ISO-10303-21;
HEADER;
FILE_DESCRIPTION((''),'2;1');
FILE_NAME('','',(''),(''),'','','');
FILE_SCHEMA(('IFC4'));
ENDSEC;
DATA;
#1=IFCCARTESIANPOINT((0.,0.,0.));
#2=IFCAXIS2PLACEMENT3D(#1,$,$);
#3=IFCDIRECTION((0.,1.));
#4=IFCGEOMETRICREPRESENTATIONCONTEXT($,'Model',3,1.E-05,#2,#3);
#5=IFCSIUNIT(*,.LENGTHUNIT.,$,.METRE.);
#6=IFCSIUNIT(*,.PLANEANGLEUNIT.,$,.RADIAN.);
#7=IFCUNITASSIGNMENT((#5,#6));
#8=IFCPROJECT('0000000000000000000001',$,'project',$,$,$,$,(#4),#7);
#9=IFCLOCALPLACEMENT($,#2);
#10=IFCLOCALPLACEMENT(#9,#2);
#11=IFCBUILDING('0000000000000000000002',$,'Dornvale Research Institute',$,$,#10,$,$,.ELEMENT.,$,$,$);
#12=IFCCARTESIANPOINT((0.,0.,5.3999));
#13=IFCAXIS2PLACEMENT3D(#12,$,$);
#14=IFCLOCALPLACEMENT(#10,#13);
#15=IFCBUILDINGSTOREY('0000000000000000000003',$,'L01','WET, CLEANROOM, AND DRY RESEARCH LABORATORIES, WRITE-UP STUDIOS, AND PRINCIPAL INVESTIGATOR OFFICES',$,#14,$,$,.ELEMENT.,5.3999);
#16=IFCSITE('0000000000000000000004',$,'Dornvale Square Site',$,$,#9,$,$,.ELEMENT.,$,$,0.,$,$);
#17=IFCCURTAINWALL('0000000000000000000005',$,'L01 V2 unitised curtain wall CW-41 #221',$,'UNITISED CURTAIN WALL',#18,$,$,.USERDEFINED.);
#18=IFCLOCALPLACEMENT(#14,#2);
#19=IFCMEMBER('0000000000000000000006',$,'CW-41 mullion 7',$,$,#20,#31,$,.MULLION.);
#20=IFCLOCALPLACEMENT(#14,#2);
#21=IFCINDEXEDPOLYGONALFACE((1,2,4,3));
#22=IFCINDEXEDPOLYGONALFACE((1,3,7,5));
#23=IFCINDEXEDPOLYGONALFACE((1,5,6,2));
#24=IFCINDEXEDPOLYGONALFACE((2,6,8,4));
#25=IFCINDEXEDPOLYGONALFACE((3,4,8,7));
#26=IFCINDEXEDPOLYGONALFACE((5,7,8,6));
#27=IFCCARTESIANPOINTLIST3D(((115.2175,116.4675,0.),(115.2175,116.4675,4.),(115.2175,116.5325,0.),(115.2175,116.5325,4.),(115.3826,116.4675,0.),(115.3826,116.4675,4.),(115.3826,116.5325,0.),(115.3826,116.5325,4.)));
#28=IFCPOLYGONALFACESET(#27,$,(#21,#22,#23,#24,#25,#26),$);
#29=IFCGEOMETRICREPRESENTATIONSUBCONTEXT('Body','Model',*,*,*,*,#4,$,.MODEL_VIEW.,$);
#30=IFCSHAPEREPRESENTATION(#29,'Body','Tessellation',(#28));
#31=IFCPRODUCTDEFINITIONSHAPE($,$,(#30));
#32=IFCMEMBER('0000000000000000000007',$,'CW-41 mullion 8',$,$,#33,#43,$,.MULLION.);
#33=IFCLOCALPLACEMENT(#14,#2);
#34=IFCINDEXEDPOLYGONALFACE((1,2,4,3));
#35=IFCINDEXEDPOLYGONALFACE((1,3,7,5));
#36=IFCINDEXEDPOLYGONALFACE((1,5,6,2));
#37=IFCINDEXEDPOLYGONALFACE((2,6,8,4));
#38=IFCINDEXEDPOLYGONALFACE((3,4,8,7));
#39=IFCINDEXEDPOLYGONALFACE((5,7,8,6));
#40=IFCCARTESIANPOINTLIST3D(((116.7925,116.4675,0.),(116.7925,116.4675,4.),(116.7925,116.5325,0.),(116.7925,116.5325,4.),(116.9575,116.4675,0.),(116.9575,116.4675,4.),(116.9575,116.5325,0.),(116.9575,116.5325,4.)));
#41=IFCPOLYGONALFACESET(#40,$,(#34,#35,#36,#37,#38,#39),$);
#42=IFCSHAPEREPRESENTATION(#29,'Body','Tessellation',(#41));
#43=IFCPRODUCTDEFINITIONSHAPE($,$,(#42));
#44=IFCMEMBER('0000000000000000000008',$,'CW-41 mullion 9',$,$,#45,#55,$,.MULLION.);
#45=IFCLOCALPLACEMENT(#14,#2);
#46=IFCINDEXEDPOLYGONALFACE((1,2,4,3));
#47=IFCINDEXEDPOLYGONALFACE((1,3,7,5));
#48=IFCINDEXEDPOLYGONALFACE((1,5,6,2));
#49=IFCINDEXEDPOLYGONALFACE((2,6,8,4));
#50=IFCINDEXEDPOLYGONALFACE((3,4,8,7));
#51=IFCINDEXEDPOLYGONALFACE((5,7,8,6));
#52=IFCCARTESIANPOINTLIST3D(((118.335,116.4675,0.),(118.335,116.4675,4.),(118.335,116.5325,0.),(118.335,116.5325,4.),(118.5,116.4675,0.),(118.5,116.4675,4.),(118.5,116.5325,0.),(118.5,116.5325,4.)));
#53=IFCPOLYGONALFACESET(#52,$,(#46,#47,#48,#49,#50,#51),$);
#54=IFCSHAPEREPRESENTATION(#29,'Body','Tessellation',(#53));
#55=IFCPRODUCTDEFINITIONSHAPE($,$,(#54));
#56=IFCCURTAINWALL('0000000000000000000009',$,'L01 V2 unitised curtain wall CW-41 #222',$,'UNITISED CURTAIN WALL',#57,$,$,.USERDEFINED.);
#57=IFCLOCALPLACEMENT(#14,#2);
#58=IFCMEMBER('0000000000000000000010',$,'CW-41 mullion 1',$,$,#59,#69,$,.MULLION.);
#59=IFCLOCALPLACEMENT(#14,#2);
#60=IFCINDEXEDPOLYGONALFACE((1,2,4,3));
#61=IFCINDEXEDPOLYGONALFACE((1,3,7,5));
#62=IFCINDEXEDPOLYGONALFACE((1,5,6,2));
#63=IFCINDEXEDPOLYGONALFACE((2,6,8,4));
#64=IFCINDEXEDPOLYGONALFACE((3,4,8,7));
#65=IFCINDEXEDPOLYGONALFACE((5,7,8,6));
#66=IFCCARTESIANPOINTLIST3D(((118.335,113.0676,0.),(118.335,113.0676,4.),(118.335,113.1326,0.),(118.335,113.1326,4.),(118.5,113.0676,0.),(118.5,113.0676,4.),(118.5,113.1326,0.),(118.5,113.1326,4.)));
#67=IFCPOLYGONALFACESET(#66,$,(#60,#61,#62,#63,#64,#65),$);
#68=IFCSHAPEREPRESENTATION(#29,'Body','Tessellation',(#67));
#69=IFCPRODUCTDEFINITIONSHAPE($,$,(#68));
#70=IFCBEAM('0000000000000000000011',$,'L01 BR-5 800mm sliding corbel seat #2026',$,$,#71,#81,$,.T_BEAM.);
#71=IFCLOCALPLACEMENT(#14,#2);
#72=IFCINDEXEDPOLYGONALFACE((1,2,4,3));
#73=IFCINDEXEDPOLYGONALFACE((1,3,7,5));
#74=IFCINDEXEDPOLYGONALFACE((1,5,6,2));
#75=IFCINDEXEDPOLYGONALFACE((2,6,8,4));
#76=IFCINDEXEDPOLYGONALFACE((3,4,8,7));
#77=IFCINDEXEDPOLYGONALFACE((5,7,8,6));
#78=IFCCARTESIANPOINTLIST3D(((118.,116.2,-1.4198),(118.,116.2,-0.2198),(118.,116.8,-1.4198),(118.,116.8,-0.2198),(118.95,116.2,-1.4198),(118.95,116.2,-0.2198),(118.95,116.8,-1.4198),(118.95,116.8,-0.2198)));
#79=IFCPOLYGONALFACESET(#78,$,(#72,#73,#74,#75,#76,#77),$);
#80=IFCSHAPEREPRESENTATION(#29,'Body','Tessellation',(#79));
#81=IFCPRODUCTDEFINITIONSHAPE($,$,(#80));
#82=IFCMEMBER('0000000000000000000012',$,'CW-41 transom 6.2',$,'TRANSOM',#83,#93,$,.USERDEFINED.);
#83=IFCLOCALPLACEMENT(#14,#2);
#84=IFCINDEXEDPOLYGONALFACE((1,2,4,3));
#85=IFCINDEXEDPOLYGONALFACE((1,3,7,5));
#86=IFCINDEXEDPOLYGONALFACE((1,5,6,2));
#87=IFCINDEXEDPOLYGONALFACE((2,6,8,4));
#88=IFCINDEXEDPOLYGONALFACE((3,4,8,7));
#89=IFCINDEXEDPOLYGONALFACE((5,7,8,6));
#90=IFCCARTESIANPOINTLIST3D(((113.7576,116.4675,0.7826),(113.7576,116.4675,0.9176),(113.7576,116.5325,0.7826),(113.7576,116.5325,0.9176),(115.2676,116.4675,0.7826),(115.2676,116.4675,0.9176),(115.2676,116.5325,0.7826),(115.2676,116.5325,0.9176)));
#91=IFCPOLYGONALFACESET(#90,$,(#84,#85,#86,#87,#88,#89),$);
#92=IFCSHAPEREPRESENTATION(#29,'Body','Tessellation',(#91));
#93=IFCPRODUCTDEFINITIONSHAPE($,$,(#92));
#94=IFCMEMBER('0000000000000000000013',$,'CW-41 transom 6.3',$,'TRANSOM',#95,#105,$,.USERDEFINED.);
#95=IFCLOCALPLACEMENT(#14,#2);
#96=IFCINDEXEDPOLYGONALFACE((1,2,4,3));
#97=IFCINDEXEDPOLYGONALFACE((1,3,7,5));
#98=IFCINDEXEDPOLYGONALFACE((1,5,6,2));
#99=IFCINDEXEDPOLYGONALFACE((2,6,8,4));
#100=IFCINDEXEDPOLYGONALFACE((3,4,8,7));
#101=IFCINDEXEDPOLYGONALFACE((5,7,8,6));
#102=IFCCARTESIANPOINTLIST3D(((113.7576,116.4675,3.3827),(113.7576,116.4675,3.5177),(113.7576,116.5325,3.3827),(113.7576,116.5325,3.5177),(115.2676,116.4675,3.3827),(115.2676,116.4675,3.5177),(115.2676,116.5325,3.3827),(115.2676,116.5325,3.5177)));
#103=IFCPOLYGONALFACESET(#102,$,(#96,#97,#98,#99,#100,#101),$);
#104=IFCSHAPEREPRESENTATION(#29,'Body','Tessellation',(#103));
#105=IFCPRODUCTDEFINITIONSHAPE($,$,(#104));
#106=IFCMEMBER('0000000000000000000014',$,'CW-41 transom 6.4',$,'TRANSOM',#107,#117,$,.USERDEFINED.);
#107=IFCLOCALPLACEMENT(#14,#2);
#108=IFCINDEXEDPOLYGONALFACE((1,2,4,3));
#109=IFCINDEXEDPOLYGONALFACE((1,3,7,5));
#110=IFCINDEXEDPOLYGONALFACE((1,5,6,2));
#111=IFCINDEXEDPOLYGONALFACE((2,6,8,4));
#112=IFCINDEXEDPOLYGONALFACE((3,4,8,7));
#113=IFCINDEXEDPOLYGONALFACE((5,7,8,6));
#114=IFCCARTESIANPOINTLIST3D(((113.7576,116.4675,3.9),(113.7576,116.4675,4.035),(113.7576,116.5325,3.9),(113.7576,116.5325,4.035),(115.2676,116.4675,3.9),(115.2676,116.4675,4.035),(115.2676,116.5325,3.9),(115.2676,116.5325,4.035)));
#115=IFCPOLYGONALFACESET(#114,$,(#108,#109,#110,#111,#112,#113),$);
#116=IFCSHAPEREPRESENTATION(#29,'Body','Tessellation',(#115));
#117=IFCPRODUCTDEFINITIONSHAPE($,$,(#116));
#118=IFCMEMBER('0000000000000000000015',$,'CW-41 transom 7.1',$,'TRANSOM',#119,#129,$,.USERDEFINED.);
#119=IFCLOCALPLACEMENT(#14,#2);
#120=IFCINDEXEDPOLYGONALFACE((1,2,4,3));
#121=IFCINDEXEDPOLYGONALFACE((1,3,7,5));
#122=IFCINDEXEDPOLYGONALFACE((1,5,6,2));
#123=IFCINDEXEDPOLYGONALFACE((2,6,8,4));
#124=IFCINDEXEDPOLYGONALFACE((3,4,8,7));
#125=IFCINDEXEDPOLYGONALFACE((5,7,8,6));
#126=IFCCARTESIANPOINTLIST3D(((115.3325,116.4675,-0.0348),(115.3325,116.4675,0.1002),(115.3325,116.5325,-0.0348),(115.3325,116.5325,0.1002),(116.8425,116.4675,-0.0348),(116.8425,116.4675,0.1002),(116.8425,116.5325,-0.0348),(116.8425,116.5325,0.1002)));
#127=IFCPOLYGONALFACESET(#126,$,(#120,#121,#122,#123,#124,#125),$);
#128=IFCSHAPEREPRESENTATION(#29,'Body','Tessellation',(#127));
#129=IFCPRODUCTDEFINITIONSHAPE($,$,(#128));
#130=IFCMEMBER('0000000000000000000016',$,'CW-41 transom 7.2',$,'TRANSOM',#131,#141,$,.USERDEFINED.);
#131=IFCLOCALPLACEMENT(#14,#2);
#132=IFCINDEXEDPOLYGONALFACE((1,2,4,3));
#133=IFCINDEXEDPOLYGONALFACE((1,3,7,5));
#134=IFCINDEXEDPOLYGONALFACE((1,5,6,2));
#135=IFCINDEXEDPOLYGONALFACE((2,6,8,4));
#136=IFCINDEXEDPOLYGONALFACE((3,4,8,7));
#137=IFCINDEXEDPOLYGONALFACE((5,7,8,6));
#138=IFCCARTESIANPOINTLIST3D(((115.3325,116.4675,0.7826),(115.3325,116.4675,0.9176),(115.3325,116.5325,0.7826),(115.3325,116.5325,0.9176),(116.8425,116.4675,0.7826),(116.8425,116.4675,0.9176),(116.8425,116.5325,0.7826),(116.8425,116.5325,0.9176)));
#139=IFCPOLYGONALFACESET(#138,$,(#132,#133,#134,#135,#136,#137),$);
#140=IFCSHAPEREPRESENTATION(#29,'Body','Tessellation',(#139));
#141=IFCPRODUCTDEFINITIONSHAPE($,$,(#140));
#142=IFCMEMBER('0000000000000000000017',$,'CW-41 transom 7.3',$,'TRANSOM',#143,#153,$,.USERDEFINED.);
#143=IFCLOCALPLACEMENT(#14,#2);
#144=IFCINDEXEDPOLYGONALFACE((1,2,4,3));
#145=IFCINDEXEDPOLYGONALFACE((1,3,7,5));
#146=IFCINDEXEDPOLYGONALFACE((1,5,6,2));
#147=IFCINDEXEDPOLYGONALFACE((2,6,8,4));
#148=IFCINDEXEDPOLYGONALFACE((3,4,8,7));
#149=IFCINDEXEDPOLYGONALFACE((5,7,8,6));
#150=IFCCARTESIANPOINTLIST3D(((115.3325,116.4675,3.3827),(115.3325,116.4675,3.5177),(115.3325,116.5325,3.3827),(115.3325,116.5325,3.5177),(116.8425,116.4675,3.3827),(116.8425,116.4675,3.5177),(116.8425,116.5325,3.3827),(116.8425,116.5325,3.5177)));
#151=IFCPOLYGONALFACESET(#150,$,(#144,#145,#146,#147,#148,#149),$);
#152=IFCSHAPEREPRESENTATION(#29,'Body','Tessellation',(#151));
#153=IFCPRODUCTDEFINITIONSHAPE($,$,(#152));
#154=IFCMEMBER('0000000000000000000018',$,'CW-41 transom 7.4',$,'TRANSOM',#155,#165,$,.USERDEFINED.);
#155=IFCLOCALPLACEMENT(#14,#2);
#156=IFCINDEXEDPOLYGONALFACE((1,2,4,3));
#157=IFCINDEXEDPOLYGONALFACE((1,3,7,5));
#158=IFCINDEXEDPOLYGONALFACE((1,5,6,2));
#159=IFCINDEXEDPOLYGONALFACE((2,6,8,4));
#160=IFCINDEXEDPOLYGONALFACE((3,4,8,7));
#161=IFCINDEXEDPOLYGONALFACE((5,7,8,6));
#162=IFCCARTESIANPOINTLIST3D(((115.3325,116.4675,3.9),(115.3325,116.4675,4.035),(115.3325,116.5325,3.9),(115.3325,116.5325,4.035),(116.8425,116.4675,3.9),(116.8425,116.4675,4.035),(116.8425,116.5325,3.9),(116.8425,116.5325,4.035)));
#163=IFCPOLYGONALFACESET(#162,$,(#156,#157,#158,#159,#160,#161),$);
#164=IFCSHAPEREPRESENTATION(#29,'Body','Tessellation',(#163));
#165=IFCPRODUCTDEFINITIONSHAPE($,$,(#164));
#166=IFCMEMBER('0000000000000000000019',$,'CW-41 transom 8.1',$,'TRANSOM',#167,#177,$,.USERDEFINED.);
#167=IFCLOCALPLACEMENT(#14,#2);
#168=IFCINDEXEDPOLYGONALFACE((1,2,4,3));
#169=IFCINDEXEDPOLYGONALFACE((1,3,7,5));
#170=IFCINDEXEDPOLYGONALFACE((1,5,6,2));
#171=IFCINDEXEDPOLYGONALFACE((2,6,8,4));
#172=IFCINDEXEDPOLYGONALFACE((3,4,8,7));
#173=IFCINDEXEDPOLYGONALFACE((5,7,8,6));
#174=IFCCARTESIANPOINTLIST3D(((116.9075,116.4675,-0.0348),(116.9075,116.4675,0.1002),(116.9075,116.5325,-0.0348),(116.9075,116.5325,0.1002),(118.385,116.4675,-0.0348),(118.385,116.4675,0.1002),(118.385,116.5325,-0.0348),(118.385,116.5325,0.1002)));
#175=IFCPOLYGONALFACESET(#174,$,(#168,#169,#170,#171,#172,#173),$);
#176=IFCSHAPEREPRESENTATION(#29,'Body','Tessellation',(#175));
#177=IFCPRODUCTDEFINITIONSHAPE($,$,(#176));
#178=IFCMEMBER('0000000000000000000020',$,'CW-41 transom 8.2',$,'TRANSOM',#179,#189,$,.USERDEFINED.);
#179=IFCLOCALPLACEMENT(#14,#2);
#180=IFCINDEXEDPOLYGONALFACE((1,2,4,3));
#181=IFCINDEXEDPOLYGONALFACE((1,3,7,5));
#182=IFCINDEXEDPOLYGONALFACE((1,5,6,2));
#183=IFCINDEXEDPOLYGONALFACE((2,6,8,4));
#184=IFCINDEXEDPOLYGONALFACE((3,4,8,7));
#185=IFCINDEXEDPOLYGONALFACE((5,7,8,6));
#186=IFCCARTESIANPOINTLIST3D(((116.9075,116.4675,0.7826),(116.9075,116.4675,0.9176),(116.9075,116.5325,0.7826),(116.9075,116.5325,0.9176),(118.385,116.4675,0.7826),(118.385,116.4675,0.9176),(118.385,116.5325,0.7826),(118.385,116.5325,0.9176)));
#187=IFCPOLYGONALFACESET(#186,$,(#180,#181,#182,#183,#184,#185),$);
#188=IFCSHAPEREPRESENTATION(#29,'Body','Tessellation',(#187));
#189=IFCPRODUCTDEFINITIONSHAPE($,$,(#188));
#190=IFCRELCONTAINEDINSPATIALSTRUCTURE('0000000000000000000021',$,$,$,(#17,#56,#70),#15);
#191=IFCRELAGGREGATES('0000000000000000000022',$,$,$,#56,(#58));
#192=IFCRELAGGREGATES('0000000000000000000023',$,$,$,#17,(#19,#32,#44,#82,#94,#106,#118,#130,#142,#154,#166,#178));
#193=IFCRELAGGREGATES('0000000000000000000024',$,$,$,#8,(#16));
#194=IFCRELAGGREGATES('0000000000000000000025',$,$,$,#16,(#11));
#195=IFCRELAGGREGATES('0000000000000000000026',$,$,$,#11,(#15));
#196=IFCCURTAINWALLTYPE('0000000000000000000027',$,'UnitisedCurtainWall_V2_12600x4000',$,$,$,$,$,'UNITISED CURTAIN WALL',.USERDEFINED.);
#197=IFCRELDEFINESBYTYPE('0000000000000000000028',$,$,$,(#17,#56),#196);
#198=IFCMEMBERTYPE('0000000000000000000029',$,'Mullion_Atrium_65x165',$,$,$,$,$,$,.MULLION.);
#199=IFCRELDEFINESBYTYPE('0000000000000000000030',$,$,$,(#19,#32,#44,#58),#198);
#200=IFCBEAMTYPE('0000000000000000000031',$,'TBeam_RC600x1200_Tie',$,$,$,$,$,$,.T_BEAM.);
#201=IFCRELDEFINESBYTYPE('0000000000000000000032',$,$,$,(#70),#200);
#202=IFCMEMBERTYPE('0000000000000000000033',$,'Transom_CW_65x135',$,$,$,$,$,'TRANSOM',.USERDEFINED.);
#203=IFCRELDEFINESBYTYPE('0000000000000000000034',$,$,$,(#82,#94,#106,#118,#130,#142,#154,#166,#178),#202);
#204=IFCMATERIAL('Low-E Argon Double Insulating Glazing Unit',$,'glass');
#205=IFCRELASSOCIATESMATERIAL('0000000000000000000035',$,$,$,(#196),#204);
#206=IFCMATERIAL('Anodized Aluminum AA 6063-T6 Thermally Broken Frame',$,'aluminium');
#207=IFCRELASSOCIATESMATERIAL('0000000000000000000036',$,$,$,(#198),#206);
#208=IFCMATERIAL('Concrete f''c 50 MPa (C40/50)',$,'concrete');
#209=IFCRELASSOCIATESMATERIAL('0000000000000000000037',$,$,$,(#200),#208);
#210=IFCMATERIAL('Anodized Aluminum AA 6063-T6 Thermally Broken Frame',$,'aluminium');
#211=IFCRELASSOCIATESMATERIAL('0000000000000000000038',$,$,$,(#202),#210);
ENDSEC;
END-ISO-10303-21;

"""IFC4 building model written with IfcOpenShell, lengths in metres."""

from ifc_helpers import new_model, si_unit, direction, frame, origin, origin_2d, place, context, subcontext, project, spatial, rectangle, extrude, material, material_profile, profile_set, type_object, element, aggregate, save


model = new_model("IFC4")

# Units and contexts
model_context = context("Model", 3, precision=1e-05, world=origin(), true_north=direction((0.0, 1.0)))
body_context = subcontext(model_context, "Body", "Model", "MODEL_VIEW")
ifc_project = project(units=[si_unit("LENGTHUNIT", "METRE"), si_unit("PLANEANGLEUNIT", "RADIAN")], contexts=[model_context])

# Site, building, storey
site_placement = place(None, origin())
site = spatial("IfcSite", under=ifc_project, at=site_placement, Name="Dornvale Square Site", CompositionType="ELEMENT", RefElevation=0.0)
building_placement = place(site_placement, origin())
building = spatial("IfcBuilding", under=site, at=building_placement, Name="Dornvale Research Institute", CompositionType="ELEMENT")
storey_placement = place(building_placement, frame((0.0, 0.0, 5.3999)))
storey = spatial("IfcBuildingStorey", under=building, at=storey_placement, Name="L01", Description="WET, CLEANROOM, AND DRY RESEARCH LABORATORIES, WRITE-UP STUDIOS, AND PRINCIPAL INVESTIGATOR OFFICES", CompositionType="ELEMENT", Elevation=5.3999)

# Curtain wall, members
ifc_material_1 = material(Name="Low-E Argon Double Insulating Glazing Unit", Category="glass")
curtain_wall_type = type_object("IfcCurtainWallType", Name="UnitisedCurtainWall_V2_12600x4000", ElementType="UNITISED CURTAIN WALL", PredefinedType="USERDEFINED", material=ifc_material_1)
curtain_wall_1_placement = place(storey_placement, origin())
curtain_wall_1 = element("IfcCurtainWall", 1, at=curtain_wall_1_placement, inside=storey, type_object=curtain_wall_type, Name="L01 V2 unitised curtain wall CW-41 #221", ObjectType="UNITISED CURTAIN WALL", PredefinedType="USERDEFINED")
ifc_material_2 = material(Name="Anodized Aluminum AA 6063-T6 Thermally Broken Frame", Category="aluminium")
ifc_material_profile_1 = material_profile(ifc_material_2, rectangle(XDim=0.0649, YDim=0.165, at=origin_2d()), Name="ALU MULLION 65x165")
ifc_profile_set_1 = profile_set([ifc_material_profile_1], Name="Anodized Aluminum AA 6063-T6 Thermally Broken Frame")
member_type_1 = type_object("IfcMemberType", Name="Mullion_Atrium_65x165", PredefinedType="MULLION", material=ifc_profile_set_1)
member_1_placement = place(storey_placement, frame((115.3, 116.5, 0.0), z_axis=(0.0, 0.0, 1.0), x_axis=(0.0, 1.0, 0.0)))
member_1 = element("IfcMember", 2, at=member_1_placement, type_object=member_type_1, Name="CW-41 mullion 7", PredefinedType="MULLION", context=body_context, shape_type="SweptSolid", body=[
    extrude(rectangle(XDim=0.0649, YDim=0.165, at=origin_2d()), origin(), (0.0, 0.0, 1.0), 4.0),
])
member_2_placement = place(storey_placement, frame((116.875, 116.5, 0.0), z_axis=(0.0, 0.0, 1.0), x_axis=(0.0, 1.0, 0.0)))
member_2 = element("IfcMember", 3, at=member_2_placement, type_object=member_type_1, Name="CW-41 mullion 8", PredefinedType="MULLION", context=body_context, shape_type="SweptSolid", body=[
    extrude(rectangle(XDim=0.0649, YDim=0.165, at=origin_2d()), origin(), (0.0, 0.0, 1.0), 4.0),
])
member_3_placement = place(storey_placement, frame((118.4175, 116.5, 0.0), z_axis=(0.0, 0.0, 1.0), x_axis=(0.0, 1.0, 0.0)))
member_3 = element("IfcMember", 4, at=member_3_placement, type_object=member_type_1, Name="CW-41 mullion 9", PredefinedType="MULLION", context=body_context, shape_type="SweptSolid", body=[
    extrude(rectangle(XDim=0.0649, YDim=0.165, at=origin_2d()), origin(), (0.0, 0.0, 1.0), 4.0),
])

# Curtain wall, member
curtain_wall_2_placement = place(storey_placement, origin())
curtain_wall_2 = element("IfcCurtainWall", 5, at=curtain_wall_2_placement, inside=storey, type_object=curtain_wall_type, Name="L01 V2 unitised curtain wall CW-41 #222", ObjectType="UNITISED CURTAIN WALL", PredefinedType="USERDEFINED")
member_4_placement = place(storey_placement, frame((118.4175, 113.1001, 0.0), z_axis=(0.0, 0.0, 1.0), x_axis=(0.0, -1.0, 0.0)))
member_4 = element("IfcMember", 6, at=member_4_placement, type_object=member_type_1, Name="CW-41 mullion 1", PredefinedType="MULLION", context=body_context, shape_type="SweptSolid", body=[
    extrude(rectangle(XDim=0.0649, YDim=0.165, at=origin_2d()), origin(), (0.0, 0.0, 1.0), 4.0),
])

# Beam
ifc_material_3 = material(Name="Concrete f'c 50 MPa (C40/50)", Category="concrete")
ifc_material_profile_2 = material_profile(ifc_material_3, rectangle(XDim=0.6001, YDim=1.2, at=origin_2d()), Name="RC 600x1200")
ifc_profile_set_2 = profile_set([ifc_material_profile_2], Name="Concrete f'c 50 MPa (C40/50)")
beam_type = type_object("IfcBeamType", Name="TBeam_RC600x1200_Tie", PredefinedType="T_BEAM", material=ifc_profile_set_2)
beam_placement = place(storey_placement, frame((118.0, 116.5, -0.8198), z_axis=(1.0, 0.0, 0.0), x_axis=(0.0, 1.0, 0.0)))
element("IfcBeam", 7, at=beam_placement, inside=storey, type_object=beam_type, Name="L01 BR-5 800mm sliding corbel seat #2026", PredefinedType="T_BEAM", context=body_context, shape_type="SweptSolid", body=[
    extrude(rectangle(XDim=0.6001, YDim=1.2, at=origin_2d()), origin(), (0.0, 0.0, 1.0), 0.95),
])

# Members
ifc_material_4 = material(Name="Anodized Aluminum AA 6063-T6 Thermally Broken Frame", Category="aluminium")
ifc_material_profile_3 = material_profile(ifc_material_4, rectangle(XDim=0.0649, YDim=0.135, at=origin_2d()), Name="ALU TRANSOM 65x135")
ifc_profile_set_3 = profile_set([ifc_material_profile_3], Name="Anodized Aluminum AA 6063-T6 Thermally Broken Frame")
member_type_2 = type_object("IfcMemberType", Name="Transom_CW_65x135", ElementType="TRANSOM", PredefinedType="USERDEFINED", material=ifc_profile_set_3)
member_5_placement = place(storey_placement, frame((113.7576, 116.5, 0.8501), z_axis=(1.0, 0.0, 0.0), x_axis=(0.0, 1.0, 0.0)))
member_5 = element("IfcMember", 8, at=member_5_placement, type_object=member_type_2, Name="CW-41 transom 6.2", ObjectType="TRANSOM", PredefinedType="USERDEFINED", context=body_context, shape_type="SweptSolid", body=[
    extrude(rectangle(XDim=0.0649, YDim=0.135, at=origin_2d()), origin(), (0.0, 0.0, 1.0), 1.51),
])
member_6_placement = place(storey_placement, frame((113.7576, 116.5, 3.4502), z_axis=(1.0, 0.0, 0.0), x_axis=(0.0, 1.0, 0.0)))
member_6 = element("IfcMember", 9, at=member_6_placement, type_object=member_type_2, Name="CW-41 transom 6.3", ObjectType="TRANSOM", PredefinedType="USERDEFINED", context=body_context, shape_type="SweptSolid", body=[
    extrude(rectangle(XDim=0.0649, YDim=0.135, at=origin_2d()), origin(), (0.0, 0.0, 1.0), 1.51),
])
member_7_placement = place(storey_placement, frame((113.7576, 116.5, 3.9675), z_axis=(1.0, 0.0, 0.0), x_axis=(0.0, 1.0, 0.0)))
member_7 = element("IfcMember", 10, at=member_7_placement, type_object=member_type_2, Name="CW-41 transom 6.4", ObjectType="TRANSOM", PredefinedType="USERDEFINED", context=body_context, shape_type="SweptSolid", body=[
    extrude(rectangle(XDim=0.0649, YDim=0.135, at=origin_2d()), origin(), (0.0, 0.0, 1.0), 1.51),
])
member_8_placement = place(storey_placement, frame((115.3325, 116.5, 0.0327), z_axis=(1.0, 0.0, 0.0), x_axis=(0.0, 1.0, 0.0)))
member_8 = element("IfcMember", 11, at=member_8_placement, type_object=member_type_2, Name="CW-41 transom 7.1", ObjectType="TRANSOM", PredefinedType="USERDEFINED", context=body_context, shape_type="SweptSolid", body=[
    extrude(rectangle(XDim=0.0649, YDim=0.135, at=origin_2d()), origin(), (0.0, 0.0, 1.0), 1.51),
])
member_9_placement = place(storey_placement, frame((115.3325, 116.5, 0.8501), z_axis=(1.0, 0.0, 0.0), x_axis=(0.0, 1.0, 0.0)))
member_9 = element("IfcMember", 12, at=member_9_placement, type_object=member_type_2, Name="CW-41 transom 7.2", ObjectType="TRANSOM", PredefinedType="USERDEFINED", context=body_context, shape_type="SweptSolid", body=[
    extrude(rectangle(XDim=0.0649, YDim=0.135, at=origin_2d()), origin(), (0.0, 0.0, 1.0), 1.51),
])
member_10_placement = place(storey_placement, frame((115.3325, 116.5, 3.4502), z_axis=(1.0, 0.0, 0.0), x_axis=(0.0, 1.0, 0.0)))
member_10 = element("IfcMember", 13, at=member_10_placement, type_object=member_type_2, Name="CW-41 transom 7.3", ObjectType="TRANSOM", PredefinedType="USERDEFINED", context=body_context, shape_type="SweptSolid", body=[
    extrude(rectangle(XDim=0.0649, YDim=0.135, at=origin_2d()), origin(), (0.0, 0.0, 1.0), 1.51),
])
member_11_placement = place(storey_placement, frame((115.3325, 116.5, 3.9675), z_axis=(1.0, 0.0, 0.0), x_axis=(0.0, 1.0, 0.0)))
member_11 = element("IfcMember", 14, at=member_11_placement, type_object=member_type_2, Name="CW-41 transom 7.4", ObjectType="TRANSOM", PredefinedType="USERDEFINED", context=body_context, shape_type="SweptSolid", body=[
    extrude(rectangle(XDim=0.0649, YDim=0.135, at=origin_2d()), origin(), (0.0, 0.0, 1.0), 1.51),
])
member_12_placement = place(storey_placement, frame((116.9075, 116.5, 0.0327), z_axis=(1.0, 0.0, 0.0), x_axis=(0.0, 1.0, 0.0)))
member_12 = element("IfcMember", 15, at=member_12_placement, type_object=member_type_2, Name="CW-41 transom 8.1", ObjectType="TRANSOM", PredefinedType="USERDEFINED", context=body_context, shape_type="SweptSolid", body=[
    extrude(rectangle(XDim=0.0649, YDim=0.135, at=origin_2d()), origin(), (0.0, 0.0, 1.0), 1.4775),
])
member_13_placement = place(storey_placement, frame((116.9075, 116.5, 0.8501), z_axis=(1.0, 0.0, 0.0), x_axis=(0.0, 1.0, 0.0)))
member_13 = element("IfcMember", 16, at=member_13_placement, type_object=member_type_2, Name="CW-41 transom 8.2", ObjectType="TRANSOM", PredefinedType="USERDEFINED", context=body_context, shape_type="SweptSolid", body=[
    extrude(rectangle(XDim=0.0649, YDim=0.135, at=origin_2d()), origin(), (0.0, 0.0, 1.0), 1.4775),
])
aggregate(curtain_wall_2, [member_4])

aggregate(curtain_wall_1, [member_1, member_2, member_3, member_5, member_6, member_7, member_8, member_9, member_10, member_11, member_12, member_13])

save(model, "model.ifc")
